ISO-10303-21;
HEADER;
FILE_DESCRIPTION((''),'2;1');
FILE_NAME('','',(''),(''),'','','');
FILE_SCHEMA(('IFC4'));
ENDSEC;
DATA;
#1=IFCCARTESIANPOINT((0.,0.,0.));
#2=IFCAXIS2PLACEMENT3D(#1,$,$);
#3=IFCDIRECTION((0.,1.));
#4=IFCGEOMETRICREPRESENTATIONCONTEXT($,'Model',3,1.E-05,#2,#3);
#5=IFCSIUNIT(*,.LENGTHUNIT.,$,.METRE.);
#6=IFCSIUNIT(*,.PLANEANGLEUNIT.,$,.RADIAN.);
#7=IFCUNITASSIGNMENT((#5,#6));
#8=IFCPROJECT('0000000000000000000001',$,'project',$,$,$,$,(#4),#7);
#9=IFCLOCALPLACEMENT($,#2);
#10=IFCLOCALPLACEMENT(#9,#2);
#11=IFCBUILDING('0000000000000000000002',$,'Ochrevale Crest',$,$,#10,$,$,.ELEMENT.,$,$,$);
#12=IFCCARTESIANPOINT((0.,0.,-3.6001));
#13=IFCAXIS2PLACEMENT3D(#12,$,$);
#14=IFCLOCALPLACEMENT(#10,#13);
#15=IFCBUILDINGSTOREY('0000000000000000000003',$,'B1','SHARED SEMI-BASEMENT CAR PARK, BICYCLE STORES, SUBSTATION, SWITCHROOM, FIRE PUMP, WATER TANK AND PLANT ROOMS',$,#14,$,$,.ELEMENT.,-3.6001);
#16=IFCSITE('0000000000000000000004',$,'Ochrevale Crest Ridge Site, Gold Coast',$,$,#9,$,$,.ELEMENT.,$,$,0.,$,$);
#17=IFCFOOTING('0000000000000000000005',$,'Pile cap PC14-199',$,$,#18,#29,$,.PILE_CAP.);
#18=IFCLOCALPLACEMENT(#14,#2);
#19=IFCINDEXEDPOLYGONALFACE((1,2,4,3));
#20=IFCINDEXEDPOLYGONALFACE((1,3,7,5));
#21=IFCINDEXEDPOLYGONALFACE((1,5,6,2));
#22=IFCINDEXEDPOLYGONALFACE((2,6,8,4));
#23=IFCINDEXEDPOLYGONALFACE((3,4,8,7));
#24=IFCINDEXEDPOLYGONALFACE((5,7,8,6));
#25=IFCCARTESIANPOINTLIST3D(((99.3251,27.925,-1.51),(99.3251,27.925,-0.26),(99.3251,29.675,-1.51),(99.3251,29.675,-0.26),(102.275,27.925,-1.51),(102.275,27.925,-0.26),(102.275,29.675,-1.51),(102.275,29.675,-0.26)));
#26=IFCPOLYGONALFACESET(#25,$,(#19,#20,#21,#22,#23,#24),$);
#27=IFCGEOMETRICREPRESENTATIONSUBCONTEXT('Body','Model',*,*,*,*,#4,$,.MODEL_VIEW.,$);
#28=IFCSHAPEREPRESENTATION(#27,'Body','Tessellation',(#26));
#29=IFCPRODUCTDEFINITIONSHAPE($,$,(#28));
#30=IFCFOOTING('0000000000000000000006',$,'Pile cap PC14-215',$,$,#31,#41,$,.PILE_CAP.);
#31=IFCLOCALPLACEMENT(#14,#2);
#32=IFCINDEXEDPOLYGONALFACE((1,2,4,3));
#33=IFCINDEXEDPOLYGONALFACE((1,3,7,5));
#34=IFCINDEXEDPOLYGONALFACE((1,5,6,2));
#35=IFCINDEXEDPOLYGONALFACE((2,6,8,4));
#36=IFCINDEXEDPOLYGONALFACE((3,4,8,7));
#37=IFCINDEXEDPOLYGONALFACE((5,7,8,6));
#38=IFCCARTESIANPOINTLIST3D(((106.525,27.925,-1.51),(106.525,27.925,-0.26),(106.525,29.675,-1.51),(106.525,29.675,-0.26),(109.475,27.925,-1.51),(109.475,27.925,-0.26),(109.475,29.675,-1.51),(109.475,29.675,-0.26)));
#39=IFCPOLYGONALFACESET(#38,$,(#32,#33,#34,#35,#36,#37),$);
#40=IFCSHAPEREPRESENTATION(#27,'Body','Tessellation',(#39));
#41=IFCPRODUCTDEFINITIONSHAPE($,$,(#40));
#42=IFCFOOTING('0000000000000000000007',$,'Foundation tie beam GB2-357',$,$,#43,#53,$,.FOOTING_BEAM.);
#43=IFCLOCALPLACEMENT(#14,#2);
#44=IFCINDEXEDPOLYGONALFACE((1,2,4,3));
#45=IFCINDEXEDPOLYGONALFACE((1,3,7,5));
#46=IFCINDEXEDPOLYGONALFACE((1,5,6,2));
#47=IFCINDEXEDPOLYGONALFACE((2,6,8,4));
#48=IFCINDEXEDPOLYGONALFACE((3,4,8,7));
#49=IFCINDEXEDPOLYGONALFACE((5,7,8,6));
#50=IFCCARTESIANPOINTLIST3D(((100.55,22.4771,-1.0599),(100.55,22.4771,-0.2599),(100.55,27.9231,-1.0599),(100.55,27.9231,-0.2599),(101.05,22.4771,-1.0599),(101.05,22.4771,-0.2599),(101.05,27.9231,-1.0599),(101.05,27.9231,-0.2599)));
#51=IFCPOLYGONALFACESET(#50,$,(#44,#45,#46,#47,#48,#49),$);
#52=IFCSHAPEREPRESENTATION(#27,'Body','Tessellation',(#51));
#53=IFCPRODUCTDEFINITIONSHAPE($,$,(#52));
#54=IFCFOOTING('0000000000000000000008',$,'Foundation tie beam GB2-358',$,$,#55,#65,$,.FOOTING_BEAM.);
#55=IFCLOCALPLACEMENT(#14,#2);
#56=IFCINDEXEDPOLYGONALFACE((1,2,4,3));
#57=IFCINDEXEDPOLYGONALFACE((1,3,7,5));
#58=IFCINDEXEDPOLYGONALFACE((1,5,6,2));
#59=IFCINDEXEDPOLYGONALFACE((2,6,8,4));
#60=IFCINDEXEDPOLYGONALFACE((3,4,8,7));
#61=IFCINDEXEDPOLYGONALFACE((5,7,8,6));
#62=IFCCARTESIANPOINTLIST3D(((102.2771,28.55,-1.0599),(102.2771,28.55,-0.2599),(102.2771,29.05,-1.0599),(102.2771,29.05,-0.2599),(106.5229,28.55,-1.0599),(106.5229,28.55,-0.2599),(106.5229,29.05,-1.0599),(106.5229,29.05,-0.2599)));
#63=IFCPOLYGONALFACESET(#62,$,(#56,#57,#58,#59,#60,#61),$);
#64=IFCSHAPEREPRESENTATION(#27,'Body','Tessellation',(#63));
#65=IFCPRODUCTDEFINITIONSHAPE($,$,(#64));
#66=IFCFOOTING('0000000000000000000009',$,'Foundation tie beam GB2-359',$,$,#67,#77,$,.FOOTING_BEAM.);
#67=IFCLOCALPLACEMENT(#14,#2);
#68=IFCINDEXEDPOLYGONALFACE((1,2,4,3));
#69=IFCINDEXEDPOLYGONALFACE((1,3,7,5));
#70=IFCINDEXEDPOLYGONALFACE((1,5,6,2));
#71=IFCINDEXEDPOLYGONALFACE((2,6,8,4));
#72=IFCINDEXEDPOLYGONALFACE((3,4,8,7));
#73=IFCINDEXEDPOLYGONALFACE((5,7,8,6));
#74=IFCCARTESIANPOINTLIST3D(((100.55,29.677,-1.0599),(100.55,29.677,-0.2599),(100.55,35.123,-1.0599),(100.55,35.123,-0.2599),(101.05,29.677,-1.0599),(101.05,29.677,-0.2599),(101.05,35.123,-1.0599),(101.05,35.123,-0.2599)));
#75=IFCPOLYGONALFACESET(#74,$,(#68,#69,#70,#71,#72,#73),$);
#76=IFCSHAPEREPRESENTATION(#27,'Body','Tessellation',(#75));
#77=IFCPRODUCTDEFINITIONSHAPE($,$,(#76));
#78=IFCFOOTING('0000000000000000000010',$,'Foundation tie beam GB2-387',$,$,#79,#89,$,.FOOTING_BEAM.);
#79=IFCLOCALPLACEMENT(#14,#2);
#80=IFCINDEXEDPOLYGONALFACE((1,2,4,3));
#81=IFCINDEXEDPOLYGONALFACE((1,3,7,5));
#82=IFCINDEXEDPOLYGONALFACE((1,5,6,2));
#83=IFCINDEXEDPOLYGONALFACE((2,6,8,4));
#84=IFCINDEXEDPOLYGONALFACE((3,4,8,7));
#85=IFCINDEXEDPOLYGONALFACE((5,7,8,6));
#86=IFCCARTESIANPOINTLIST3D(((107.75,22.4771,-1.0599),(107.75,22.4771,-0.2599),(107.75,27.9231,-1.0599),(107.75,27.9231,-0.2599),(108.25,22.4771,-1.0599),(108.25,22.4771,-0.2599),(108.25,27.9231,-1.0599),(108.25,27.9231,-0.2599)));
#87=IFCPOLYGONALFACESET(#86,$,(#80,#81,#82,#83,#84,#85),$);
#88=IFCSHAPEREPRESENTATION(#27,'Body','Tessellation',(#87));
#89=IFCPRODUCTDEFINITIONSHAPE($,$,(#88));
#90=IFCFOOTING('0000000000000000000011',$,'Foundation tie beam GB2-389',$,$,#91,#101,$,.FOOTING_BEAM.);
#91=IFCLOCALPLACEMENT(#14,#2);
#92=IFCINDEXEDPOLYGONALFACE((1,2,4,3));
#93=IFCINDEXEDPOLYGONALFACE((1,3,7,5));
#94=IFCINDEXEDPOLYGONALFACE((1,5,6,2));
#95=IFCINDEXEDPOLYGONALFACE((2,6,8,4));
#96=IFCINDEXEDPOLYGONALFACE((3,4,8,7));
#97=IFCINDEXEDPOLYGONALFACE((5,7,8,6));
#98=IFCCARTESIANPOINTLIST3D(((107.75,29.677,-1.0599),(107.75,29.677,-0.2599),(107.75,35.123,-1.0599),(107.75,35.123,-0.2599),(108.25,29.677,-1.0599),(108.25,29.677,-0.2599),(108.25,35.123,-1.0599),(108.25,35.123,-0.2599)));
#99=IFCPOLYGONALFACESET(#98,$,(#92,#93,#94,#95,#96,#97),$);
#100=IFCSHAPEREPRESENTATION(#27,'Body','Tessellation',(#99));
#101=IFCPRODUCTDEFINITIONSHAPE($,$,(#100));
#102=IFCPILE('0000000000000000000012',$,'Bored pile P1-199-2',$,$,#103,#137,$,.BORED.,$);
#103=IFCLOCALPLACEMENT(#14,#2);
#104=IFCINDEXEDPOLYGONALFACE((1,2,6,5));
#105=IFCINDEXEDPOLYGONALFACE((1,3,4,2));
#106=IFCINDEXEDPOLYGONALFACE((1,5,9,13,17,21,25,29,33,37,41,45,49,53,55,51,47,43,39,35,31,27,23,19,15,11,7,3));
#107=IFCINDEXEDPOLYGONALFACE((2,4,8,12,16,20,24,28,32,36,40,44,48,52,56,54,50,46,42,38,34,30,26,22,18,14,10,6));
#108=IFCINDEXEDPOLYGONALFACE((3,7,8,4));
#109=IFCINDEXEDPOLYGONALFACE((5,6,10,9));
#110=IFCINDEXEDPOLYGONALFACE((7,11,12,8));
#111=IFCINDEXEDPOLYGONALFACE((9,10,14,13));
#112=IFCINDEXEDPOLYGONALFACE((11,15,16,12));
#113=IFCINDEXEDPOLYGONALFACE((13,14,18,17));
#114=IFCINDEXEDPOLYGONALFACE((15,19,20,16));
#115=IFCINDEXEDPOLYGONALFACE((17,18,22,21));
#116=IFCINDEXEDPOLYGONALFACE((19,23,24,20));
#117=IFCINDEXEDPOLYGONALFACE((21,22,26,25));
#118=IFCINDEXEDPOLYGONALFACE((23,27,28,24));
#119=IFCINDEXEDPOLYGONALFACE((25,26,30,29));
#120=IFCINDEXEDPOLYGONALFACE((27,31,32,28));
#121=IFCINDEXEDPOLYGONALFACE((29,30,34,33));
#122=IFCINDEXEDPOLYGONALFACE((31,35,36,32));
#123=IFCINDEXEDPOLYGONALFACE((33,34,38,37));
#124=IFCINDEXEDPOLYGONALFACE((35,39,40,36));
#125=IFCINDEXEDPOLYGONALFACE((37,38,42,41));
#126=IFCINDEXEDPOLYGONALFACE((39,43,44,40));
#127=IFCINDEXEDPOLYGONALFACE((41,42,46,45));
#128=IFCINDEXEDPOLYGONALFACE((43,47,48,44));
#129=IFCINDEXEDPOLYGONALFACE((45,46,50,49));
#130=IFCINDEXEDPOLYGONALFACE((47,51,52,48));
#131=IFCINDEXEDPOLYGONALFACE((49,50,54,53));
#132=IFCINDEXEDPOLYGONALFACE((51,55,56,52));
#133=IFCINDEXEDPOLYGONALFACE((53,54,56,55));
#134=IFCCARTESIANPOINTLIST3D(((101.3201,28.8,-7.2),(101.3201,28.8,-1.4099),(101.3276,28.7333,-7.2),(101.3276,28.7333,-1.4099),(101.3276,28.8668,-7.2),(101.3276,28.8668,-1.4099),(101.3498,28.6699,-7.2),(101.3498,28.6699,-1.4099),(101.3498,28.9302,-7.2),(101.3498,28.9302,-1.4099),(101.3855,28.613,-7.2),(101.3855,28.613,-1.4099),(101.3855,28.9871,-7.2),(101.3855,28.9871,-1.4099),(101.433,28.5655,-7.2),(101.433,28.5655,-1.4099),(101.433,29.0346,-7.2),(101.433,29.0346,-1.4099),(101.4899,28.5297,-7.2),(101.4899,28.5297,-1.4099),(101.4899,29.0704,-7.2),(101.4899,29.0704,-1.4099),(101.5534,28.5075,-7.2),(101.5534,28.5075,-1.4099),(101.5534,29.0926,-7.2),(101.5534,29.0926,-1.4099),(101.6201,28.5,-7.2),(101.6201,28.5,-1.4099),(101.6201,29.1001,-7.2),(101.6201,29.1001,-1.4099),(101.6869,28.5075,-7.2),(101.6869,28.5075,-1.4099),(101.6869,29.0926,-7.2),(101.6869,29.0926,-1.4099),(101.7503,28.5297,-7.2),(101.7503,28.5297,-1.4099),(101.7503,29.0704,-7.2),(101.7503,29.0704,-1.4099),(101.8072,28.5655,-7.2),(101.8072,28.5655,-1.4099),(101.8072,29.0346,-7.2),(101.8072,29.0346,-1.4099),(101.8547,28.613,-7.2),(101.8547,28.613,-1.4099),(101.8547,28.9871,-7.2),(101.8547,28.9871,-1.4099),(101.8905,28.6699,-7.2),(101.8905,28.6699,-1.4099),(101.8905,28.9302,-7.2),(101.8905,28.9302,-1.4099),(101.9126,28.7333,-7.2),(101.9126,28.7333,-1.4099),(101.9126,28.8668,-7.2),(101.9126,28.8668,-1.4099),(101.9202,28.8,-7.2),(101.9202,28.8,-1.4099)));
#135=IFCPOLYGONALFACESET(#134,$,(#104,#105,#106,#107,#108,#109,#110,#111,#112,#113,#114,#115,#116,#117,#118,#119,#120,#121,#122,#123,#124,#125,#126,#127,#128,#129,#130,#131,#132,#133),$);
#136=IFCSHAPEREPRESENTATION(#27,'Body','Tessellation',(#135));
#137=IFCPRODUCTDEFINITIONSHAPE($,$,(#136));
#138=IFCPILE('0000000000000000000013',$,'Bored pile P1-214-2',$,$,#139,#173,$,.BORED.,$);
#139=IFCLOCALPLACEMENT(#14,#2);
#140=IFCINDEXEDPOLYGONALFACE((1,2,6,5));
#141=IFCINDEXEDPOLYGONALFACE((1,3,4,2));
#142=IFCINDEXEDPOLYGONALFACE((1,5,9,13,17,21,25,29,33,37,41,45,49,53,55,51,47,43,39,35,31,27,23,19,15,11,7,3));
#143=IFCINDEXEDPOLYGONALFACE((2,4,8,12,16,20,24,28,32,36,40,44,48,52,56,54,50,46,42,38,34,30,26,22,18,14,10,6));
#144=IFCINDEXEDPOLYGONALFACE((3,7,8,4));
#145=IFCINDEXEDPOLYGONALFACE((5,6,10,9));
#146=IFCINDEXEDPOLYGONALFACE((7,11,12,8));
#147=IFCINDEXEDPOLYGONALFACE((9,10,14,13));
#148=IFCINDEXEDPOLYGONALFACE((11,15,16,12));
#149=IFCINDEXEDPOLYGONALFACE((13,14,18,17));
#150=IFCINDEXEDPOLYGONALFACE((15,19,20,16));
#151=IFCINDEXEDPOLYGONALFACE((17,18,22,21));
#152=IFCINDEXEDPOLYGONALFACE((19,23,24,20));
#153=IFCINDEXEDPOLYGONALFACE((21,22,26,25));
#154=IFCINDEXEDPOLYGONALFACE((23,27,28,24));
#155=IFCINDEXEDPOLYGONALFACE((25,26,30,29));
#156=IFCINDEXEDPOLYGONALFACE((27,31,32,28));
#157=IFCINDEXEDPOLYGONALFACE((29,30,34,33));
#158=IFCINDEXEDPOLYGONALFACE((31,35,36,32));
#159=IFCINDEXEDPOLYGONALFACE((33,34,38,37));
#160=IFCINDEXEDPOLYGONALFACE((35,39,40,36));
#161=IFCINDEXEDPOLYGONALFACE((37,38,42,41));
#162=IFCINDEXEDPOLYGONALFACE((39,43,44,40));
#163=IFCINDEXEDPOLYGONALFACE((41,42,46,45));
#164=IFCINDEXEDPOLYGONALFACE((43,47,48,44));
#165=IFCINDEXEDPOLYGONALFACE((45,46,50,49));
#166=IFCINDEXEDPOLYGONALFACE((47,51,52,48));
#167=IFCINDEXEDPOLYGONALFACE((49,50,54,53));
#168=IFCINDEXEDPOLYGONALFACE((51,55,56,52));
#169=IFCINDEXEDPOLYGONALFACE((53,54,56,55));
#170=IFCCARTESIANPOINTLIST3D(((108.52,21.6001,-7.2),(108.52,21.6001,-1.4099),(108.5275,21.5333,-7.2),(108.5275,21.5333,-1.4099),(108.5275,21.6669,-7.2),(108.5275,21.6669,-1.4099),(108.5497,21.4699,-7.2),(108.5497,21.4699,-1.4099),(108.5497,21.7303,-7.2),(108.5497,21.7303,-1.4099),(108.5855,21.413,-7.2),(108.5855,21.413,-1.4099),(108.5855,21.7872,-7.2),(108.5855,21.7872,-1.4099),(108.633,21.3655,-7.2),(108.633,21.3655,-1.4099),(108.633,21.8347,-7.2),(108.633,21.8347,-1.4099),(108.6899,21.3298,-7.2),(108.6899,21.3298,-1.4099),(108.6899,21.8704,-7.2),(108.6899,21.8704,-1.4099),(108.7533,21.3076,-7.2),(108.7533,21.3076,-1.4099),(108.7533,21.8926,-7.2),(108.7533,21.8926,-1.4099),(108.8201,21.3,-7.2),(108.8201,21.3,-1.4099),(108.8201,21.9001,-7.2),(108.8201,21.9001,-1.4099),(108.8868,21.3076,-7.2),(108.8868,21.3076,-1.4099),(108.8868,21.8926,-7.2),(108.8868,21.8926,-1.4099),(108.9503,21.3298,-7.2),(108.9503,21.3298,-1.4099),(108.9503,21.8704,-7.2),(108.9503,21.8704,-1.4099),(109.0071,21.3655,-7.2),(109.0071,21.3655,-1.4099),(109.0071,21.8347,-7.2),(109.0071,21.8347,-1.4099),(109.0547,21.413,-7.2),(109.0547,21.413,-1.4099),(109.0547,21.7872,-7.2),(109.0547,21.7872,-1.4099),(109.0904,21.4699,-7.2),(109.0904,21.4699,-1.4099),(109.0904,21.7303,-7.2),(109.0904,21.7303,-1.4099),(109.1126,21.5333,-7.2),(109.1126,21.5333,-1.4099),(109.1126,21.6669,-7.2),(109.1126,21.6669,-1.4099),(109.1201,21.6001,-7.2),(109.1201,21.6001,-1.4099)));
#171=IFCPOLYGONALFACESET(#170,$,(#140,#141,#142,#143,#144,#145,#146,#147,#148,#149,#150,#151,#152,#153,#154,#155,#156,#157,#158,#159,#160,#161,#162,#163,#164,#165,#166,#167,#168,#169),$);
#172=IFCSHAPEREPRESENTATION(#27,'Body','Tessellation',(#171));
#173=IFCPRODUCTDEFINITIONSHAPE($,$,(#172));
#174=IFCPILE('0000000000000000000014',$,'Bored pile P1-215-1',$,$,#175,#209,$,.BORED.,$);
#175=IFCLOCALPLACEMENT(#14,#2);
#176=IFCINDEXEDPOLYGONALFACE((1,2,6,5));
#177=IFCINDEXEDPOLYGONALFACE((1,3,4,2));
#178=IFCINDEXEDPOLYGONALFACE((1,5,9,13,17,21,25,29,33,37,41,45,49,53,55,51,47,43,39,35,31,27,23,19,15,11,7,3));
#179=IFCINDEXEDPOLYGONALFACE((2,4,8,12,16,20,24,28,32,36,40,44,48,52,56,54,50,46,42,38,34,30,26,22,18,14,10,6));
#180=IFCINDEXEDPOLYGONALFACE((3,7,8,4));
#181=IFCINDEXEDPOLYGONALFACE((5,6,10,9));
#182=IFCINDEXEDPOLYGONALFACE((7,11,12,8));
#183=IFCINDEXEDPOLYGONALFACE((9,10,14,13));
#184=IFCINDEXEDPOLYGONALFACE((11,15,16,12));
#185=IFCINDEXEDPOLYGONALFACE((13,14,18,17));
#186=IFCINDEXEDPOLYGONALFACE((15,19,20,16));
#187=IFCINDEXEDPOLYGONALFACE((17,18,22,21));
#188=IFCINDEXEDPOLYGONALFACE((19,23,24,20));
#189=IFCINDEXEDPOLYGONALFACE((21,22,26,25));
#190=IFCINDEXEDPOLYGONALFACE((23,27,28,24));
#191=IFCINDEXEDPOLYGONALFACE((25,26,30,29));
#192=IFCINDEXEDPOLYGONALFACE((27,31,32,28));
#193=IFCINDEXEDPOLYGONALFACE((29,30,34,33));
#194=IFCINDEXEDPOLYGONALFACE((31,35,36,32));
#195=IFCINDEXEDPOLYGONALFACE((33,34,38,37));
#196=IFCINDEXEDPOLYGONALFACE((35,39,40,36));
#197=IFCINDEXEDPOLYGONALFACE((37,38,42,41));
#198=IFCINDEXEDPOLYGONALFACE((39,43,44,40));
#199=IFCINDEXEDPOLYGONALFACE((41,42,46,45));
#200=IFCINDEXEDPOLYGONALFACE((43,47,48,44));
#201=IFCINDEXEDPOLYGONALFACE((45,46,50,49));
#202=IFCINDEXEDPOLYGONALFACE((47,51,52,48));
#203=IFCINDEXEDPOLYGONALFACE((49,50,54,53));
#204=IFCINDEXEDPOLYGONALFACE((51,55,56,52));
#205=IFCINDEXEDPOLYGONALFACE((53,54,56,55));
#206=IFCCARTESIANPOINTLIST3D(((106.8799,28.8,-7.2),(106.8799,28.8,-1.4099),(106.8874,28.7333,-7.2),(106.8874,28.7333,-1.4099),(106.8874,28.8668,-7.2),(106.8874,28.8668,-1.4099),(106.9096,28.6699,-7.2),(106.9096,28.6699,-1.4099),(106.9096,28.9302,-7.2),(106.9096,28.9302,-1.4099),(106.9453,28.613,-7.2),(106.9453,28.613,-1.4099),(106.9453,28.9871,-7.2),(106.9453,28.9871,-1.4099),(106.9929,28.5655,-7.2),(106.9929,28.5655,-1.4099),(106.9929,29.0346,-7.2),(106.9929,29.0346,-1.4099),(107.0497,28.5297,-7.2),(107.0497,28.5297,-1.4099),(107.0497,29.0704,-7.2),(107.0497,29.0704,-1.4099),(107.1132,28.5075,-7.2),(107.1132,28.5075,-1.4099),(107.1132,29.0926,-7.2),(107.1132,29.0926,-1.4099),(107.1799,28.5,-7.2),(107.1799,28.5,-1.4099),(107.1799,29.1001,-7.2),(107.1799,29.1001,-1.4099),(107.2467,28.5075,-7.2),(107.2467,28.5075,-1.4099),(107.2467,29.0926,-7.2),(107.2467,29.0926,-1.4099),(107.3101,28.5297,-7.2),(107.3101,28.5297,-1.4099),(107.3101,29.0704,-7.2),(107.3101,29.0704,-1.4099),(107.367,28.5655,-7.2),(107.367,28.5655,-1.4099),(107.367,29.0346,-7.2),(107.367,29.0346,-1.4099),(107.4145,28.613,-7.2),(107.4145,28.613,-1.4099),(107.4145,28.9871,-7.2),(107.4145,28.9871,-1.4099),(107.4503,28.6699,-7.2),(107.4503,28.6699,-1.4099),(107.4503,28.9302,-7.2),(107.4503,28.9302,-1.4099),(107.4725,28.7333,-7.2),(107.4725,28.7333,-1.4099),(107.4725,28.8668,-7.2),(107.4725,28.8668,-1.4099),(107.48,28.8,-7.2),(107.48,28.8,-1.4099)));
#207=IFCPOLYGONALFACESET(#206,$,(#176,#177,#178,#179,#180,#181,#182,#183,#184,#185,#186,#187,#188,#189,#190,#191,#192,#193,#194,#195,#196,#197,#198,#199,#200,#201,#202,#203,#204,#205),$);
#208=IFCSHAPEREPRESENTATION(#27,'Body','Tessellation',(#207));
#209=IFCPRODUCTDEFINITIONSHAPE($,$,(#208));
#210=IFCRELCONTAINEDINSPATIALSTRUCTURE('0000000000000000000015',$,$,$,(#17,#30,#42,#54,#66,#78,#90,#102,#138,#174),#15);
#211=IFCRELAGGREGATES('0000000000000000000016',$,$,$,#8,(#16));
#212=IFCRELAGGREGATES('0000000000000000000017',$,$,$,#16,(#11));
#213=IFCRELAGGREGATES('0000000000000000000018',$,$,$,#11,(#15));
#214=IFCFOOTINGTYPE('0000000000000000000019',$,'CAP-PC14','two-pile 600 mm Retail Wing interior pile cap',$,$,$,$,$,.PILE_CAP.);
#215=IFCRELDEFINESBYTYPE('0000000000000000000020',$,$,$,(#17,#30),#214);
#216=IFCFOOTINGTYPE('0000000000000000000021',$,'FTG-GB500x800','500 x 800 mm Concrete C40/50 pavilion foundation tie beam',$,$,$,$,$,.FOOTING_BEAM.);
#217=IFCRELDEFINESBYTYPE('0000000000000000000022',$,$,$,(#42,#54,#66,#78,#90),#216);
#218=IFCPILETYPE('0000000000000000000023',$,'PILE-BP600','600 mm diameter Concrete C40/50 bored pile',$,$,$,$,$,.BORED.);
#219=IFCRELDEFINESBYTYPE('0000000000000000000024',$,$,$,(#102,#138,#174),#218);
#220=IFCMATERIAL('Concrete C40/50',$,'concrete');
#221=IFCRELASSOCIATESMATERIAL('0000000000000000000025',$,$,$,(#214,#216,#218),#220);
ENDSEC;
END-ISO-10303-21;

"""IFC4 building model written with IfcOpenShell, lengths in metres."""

from ifc_helpers import new_model, si_unit, direction, frame, origin, origin_2d, place, context, subcontext, project, spatial, rectangle, circle, extrude, material, material_profile, profile_set, type_object, element, save


model = new_model("IFC4")

# Units and contexts
model_context = context("Model", 3, precision=1e-05, world=origin(), true_north=direction((0.0, 1.0)))
body_context = subcontext(model_context, "Body", "Model", "MODEL_VIEW")
ifc_project = project(units=[si_unit("LENGTHUNIT", "METRE"), si_unit("PLANEANGLEUNIT", "RADIAN")], contexts=[model_context])

# Site, building, storey
site_placement = place(None, origin())
site = spatial("IfcSite", under=ifc_project, at=site_placement, Name="Ochrevale Crest Ridge Site, Gold Coast", CompositionType="ELEMENT", RefElevation=0.0)
building_placement = place(site_placement, origin())
building = spatial("IfcBuilding", under=site, at=building_placement, Name="Ochrevale Crest", CompositionType="ELEMENT")
storey_placement = place(building_placement, frame((0.0, 0.0, -3.6001)))
storey = spatial("IfcBuildingStorey", under=building, at=storey_placement, Name="B1", Description="SHARED SEMI-BASEMENT CAR PARK, BICYCLE STORES, SUBSTATION, SWITCHROOM, FIRE PUMP, WATER TANK AND PLANT ROOMS", CompositionType="ELEMENT", Elevation=-3.6001)

# Footings
ifc_material_1 = material(Name="Concrete C40/50", Category="concrete")
footing_type_1 = type_object("IfcFootingType", Name="CAP-PC14", Description="two-pile 600 mm Retail Wing interior pile cap", PredefinedType="PILE_CAP", material=ifc_material_1)
for number, where, z_axis, x_axis, name in (
    (1, (100.8, 28.8, -1.51), (0.0, 0.0, 1.0), (1.0, 0.0, 0.0), "Pile cap PC14-199"),
    (2, (108.0, 28.8, -1.51), (0.0, 0.0, 1.0), (1.0, 0.0, 0.0), "Pile cap PC14-215"),
):
    element("IfcFooting", number, at=place(storey_placement, frame(where, z_axis=z_axis, x_axis=x_axis)), inside=storey, type_object=footing_type_1, Name=name, PredefinedType="PILE_CAP", context=body_context, shape_type="SweptSolid", body=[
        extrude(rectangle(XDim=2.95, YDim=1.75, at=origin_2d()), origin(), (0.0, 0.0, 1.0), 1.25),
    ])
ifc_material_profile_1 = material_profile(ifc_material_1, rectangle(XDim=0.5, YDim=0.8, at=origin_2d()), Name="GB 500x800")
ifc_profile_set_1 = profile_set([ifc_material_profile_1], Name="Concrete C40/50")
footing_type_2 = type_object("IfcFootingType", Name="FTG-GB500x800", Description="500 x 800 mm Concrete C40/50 pavilion foundation tie beam", PredefinedType="FOOTING_BEAM", material=ifc_profile_set_1)
footing_1_placement = place(storey_placement, frame((100.8, 22.4771, -0.6599), z_axis=(0.0, 1.0, 0.0), x_axis=(-1.0, 0.0, 0.0)))
element("IfcFooting", 3, at=footing_1_placement, inside=storey, type_object=footing_type_2, Name="Foundation tie beam GB2-357", PredefinedType="FOOTING_BEAM", context=body_context, shape_type="SweptSolid", body=[
    extrude(rectangle(XDim=0.5, YDim=0.8, at=origin_2d()), origin(), (0.0, 0.0, 1.0), 5.446),
])
footing_2_placement = place(storey_placement, frame((102.2771, 28.8, -0.6599), z_axis=(1.0, 0.0, 0.0), x_axis=(0.0, 1.0, 0.0)))
element("IfcFooting", 4, at=footing_2_placement, inside=storey, type_object=footing_type_2, Name="Foundation tie beam GB2-358", PredefinedType="FOOTING_BEAM", context=body_context, shape_type="SweptSolid", body=[
    extrude(rectangle(XDim=0.5, YDim=0.8, at=origin_2d()), origin(), (0.0, 0.0, 1.0), 4.2458),
])
for number, where, z_axis, x_axis, name in (
    (5, (100.8, 29.677, -0.6599), (0.0, 1.0, 0.0), (-1.0, 0.0, 0.0), "Foundation tie beam GB2-359"),
    (6, (108.0, 22.4771, -0.6599), (0.0, 1.0, 0.0), (-1.0, 0.0, 0.0), "Foundation tie beam GB2-387"),
    (7, (108.0, 29.677, -0.6599), (0.0, 1.0, 0.0), (-1.0, 0.0, 0.0), "Foundation tie beam GB2-389"),
):
    element("IfcFooting", number, at=place(storey_placement, frame(where, z_axis=z_axis, x_axis=x_axis)), inside=storey, type_object=footing_type_2, Name=name, PredefinedType="FOOTING_BEAM", context=body_context, shape_type="SweptSolid", body=[
        extrude(rectangle(XDim=0.5, YDim=0.8, at=origin_2d()), origin(), (0.0, 0.0, 1.0), 5.446),
    ])

# Piles
ifc_material_profile_2 = material_profile(ifc_material_1, circle(Radius=0.3, at=origin_2d()), Name="BORED PILE 600")
ifc_profile_set_2 = profile_set([ifc_material_profile_2], Name="Concrete C40/50")
pile_type = type_object("IfcPileType", Name="PILE-BP600", Description="600 mm diameter Concrete C40/50 bored pile", PredefinedType="BORED", material=ifc_profile_set_2)
for number, where, z_axis, x_axis, name in (
    (8, (101.6201, 28.8, -1.4099), (0.0, 0.0, -1.0), (1.0, 0.0, 0.0), "Bored pile P1-199-2"),
    (9, (108.8201, 21.6001, -1.4099), (0.0, 0.0, -1.0), (1.0, 0.0, 0.0), "Bored pile P1-214-2"),
    (10, (107.1799, 28.8, -1.4099), (0.0, 0.0, -1.0), (1.0, 0.0, 0.0), "Bored pile P1-215-1"),
):
    element("IfcPile", number, at=place(storey_placement, frame(where, z_axis=z_axis, x_axis=x_axis)), inside=storey, type_object=pile_type, Name=name, PredefinedType="BORED", context=body_context, shape_type="SweptSolid", body=[
        extrude(circle(Radius=0.3, at=origin_2d()), origin(), (0.0, 0.0, 1.0), 5.79),
    ])

save(model, "model.ifc")
